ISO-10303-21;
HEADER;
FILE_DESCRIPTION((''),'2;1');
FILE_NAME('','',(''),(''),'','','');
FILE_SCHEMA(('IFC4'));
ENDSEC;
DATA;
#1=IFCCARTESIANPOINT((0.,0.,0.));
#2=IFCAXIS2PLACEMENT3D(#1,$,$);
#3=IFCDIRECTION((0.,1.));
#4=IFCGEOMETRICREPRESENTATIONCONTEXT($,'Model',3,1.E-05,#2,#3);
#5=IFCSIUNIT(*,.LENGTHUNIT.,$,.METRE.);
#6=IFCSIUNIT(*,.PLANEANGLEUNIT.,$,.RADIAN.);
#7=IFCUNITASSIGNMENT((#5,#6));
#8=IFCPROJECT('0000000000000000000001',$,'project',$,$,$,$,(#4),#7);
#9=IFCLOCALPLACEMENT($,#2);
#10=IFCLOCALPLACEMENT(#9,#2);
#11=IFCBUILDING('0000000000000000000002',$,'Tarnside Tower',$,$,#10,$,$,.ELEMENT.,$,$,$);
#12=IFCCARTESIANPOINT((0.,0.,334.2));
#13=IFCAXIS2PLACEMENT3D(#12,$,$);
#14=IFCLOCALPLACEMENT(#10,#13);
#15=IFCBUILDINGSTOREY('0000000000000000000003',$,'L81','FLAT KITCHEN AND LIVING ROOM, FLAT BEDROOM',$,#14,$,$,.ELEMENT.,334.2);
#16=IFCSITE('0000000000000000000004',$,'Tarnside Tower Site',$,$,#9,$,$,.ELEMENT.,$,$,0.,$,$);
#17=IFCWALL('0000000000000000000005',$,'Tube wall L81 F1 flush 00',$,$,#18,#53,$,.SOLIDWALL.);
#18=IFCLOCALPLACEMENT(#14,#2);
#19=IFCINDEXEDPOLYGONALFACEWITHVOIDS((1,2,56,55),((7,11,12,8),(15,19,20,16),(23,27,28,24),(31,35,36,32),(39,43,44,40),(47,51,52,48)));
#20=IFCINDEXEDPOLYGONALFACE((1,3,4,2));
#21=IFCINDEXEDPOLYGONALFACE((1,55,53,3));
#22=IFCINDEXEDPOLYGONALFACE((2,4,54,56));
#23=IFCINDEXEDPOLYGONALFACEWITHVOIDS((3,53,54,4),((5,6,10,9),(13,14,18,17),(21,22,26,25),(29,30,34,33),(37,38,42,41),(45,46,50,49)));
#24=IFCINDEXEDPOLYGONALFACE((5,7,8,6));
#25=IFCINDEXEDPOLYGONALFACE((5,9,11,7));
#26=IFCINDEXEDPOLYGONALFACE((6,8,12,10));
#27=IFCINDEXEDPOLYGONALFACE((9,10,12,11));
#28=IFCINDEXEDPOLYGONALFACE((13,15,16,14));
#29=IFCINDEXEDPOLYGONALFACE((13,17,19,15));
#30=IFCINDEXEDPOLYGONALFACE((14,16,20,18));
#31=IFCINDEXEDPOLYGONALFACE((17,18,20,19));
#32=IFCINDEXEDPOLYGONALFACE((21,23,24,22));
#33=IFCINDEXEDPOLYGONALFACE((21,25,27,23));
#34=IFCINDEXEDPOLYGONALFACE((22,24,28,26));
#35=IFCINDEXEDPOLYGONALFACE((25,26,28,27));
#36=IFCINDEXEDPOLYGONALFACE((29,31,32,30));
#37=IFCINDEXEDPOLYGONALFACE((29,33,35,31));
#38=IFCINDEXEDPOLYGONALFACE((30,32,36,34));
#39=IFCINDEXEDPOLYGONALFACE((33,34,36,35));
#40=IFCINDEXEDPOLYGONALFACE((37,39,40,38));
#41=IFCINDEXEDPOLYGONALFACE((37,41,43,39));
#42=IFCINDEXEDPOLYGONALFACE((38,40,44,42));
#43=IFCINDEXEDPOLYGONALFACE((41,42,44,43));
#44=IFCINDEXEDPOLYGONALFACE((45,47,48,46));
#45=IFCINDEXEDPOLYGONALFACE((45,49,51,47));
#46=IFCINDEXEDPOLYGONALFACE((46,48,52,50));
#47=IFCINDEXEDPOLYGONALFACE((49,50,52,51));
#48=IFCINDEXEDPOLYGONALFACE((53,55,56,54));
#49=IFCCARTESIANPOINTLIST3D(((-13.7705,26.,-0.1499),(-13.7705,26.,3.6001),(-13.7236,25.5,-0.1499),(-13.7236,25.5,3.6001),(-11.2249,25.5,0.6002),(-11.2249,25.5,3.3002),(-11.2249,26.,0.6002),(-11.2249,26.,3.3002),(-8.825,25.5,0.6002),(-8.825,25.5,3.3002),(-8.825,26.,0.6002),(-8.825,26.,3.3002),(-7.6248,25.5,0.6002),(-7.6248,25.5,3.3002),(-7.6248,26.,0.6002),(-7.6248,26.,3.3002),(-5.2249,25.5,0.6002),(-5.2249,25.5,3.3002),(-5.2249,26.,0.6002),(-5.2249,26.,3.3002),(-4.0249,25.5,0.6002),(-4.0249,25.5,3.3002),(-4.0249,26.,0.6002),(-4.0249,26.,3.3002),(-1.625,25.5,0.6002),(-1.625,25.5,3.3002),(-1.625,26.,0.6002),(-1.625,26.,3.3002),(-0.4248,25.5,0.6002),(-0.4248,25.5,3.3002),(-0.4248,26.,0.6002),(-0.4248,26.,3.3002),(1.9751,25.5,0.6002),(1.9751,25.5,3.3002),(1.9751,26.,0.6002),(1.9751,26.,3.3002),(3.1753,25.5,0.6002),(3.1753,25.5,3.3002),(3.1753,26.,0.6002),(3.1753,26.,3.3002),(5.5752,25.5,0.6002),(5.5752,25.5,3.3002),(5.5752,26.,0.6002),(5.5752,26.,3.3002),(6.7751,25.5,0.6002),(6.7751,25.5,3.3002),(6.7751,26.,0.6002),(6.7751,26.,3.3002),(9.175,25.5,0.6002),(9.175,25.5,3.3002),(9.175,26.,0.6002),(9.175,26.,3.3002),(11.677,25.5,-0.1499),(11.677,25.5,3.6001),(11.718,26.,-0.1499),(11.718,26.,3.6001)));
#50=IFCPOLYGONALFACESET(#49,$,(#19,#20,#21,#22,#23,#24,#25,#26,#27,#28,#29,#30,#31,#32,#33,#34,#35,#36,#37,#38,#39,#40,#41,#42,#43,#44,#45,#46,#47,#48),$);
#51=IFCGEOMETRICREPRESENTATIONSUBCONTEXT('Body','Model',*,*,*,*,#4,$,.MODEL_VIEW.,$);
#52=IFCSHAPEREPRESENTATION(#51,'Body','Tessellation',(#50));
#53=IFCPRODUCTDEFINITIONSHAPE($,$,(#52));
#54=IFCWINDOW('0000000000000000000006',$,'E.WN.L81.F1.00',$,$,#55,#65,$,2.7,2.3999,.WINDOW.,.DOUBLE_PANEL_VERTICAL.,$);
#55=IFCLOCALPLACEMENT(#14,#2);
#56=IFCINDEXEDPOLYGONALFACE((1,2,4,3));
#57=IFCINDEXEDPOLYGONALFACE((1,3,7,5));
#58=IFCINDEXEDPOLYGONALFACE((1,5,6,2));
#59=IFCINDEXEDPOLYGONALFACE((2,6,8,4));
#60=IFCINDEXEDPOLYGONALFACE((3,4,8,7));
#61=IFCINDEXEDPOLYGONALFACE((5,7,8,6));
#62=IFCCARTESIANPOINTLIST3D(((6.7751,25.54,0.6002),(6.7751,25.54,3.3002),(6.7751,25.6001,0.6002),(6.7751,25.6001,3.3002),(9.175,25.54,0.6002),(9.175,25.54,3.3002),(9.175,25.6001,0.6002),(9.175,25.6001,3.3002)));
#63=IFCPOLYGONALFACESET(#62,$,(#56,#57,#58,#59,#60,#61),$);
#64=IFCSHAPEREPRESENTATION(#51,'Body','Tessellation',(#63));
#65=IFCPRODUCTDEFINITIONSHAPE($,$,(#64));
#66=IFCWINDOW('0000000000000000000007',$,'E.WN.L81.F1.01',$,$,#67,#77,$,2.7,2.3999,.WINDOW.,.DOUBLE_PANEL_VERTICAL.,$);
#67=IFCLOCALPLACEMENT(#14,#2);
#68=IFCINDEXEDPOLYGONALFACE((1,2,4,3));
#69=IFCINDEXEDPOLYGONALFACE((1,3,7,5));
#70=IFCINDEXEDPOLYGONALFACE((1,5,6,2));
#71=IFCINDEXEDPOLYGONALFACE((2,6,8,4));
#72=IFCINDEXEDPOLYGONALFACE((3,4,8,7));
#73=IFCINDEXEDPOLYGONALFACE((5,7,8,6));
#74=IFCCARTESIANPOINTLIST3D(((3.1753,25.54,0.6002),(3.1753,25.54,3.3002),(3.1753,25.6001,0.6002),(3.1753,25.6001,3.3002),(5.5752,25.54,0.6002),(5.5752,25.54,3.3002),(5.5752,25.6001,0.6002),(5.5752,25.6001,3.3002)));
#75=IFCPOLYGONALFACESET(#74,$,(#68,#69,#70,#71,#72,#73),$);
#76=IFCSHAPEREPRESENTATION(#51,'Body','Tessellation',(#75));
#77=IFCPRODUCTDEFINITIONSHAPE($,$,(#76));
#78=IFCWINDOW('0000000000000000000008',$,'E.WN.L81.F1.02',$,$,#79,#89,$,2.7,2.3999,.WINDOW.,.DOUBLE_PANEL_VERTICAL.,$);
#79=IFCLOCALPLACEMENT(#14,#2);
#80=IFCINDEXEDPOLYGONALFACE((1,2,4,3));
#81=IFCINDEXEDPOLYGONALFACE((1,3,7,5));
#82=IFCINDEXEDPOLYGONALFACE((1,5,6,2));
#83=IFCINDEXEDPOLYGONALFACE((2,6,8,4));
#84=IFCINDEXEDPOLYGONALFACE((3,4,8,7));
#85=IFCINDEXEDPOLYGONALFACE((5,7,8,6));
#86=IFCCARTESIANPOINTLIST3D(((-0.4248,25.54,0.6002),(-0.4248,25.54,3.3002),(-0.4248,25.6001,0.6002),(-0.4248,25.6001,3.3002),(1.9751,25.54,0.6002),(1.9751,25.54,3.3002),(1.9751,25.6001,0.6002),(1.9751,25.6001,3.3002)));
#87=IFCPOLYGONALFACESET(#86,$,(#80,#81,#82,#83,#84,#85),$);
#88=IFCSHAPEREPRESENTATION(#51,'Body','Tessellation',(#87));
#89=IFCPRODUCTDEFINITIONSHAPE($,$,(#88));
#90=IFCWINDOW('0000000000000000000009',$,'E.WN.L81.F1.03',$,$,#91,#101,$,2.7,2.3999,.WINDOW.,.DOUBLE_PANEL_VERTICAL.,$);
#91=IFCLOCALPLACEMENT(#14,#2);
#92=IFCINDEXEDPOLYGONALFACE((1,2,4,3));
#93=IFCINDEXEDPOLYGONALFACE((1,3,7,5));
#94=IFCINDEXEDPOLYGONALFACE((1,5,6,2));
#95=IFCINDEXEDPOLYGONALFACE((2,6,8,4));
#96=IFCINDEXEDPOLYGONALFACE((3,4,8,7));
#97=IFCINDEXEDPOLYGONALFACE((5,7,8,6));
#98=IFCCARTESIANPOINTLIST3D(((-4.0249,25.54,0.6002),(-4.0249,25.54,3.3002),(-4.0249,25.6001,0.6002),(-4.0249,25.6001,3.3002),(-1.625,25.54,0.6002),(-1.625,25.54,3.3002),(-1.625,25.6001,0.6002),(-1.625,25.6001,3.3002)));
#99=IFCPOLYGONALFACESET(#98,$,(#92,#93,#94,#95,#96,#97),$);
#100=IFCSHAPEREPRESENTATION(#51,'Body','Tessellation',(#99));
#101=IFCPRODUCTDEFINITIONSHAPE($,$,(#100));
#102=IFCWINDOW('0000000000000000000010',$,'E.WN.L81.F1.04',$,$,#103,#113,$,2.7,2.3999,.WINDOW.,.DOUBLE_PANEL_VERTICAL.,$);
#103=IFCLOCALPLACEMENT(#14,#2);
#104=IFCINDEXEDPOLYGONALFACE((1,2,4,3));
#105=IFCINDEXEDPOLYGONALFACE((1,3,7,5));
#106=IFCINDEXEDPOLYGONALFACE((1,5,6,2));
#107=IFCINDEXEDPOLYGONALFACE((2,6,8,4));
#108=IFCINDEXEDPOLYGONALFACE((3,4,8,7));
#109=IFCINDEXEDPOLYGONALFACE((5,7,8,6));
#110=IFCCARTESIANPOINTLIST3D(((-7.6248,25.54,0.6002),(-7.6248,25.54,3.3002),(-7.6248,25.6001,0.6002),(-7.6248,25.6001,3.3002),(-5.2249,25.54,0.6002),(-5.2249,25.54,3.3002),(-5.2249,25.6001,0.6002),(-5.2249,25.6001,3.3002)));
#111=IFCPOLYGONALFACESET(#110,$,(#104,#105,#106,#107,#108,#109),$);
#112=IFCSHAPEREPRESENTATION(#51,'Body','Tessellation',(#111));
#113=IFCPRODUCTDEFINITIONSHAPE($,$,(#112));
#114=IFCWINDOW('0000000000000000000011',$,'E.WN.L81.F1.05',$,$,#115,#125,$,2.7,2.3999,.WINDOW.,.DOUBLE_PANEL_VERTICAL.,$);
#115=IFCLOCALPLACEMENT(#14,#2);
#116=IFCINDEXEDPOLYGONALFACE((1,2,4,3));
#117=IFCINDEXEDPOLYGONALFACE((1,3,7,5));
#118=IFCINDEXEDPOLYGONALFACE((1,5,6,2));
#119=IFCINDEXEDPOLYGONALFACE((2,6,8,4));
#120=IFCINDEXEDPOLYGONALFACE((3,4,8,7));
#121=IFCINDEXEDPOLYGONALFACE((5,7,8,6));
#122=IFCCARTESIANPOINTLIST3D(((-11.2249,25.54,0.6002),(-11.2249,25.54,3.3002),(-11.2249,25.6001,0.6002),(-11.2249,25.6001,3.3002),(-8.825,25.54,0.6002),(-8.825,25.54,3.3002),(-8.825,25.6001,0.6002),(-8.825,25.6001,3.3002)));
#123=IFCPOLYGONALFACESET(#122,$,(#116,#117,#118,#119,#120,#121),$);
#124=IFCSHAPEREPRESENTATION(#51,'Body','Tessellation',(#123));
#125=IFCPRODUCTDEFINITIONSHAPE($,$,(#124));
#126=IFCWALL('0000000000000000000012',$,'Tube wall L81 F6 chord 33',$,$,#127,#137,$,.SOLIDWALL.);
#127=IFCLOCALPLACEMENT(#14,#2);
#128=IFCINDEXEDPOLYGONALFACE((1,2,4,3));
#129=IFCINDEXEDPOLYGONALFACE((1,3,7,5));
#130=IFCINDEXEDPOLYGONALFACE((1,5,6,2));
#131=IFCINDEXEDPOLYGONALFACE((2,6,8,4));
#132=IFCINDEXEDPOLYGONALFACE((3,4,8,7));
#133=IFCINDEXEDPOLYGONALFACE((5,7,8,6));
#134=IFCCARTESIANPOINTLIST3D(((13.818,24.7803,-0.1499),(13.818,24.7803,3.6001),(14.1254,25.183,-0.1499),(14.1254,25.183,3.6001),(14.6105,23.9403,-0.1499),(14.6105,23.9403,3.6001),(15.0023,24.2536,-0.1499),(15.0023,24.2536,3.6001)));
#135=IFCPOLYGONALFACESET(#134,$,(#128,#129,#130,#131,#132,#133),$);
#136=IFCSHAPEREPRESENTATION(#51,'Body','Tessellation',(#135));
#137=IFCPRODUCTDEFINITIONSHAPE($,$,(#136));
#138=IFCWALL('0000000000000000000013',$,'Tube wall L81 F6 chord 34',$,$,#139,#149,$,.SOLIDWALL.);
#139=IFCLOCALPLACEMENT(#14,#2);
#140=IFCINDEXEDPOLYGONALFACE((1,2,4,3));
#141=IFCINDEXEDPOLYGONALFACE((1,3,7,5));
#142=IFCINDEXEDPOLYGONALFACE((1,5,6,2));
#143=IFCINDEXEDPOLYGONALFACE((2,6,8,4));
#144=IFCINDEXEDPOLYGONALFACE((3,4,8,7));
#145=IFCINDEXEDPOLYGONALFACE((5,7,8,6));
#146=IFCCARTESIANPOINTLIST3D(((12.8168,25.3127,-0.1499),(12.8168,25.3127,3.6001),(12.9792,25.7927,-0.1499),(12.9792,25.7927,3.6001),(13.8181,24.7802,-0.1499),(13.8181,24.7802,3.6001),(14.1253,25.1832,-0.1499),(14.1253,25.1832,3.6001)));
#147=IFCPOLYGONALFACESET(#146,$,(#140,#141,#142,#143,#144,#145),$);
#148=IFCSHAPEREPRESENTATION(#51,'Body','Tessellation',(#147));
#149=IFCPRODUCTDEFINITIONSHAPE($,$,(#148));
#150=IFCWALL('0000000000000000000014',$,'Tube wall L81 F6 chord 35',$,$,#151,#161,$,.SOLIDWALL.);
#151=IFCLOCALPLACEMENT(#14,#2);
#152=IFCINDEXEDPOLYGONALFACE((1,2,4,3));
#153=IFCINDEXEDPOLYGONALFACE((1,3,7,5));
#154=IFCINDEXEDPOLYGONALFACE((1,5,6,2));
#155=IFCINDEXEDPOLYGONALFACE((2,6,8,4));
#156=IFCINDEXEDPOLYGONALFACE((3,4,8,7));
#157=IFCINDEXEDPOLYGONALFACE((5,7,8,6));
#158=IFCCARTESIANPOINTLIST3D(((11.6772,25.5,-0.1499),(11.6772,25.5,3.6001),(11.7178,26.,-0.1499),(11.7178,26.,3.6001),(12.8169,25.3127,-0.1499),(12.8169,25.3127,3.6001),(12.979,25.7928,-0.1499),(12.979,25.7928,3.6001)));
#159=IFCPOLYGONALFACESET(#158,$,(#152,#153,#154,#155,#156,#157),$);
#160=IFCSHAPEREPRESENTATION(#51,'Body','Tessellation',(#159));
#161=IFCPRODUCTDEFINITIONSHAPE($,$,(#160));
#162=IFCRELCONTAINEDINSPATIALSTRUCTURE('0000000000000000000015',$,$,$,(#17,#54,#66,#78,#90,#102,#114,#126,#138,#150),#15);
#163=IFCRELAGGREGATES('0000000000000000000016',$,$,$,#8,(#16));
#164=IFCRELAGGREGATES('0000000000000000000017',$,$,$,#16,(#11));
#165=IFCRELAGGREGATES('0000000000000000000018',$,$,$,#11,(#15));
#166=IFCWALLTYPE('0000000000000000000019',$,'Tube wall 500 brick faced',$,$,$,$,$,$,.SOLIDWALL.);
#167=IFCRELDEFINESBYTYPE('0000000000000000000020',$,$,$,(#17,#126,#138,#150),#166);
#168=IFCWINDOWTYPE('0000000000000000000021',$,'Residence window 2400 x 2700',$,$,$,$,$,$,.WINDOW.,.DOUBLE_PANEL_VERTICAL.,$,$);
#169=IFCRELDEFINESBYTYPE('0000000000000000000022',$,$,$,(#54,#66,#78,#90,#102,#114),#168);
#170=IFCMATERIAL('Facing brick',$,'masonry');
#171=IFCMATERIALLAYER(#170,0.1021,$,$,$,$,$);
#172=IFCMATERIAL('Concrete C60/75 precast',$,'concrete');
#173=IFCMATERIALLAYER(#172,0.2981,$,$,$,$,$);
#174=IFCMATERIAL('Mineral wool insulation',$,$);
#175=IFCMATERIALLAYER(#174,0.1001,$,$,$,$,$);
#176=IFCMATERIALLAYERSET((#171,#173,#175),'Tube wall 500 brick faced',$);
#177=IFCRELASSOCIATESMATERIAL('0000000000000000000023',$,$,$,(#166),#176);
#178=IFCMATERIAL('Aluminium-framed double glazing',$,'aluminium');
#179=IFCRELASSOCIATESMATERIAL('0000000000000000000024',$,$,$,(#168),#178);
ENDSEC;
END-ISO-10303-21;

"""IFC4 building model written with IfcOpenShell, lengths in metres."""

from ifc_helpers import new_model, si_unit, direction, frame, frame_2d, origin, place, context, subcontext, project, spatial, polyline, rectangle, outline, extrude, material, layer, layer_set, type_object, element, fill, save


model = new_model("IFC4")

# Units and contexts
model_context = context("Model", 3, precision=1e-05, world=origin(), true_north=direction((0.0, 1.0)))
body_context = subcontext(model_context, "Body", "Model", "MODEL_VIEW")
ifc_project = project(units=[si_unit("LENGTHUNIT", "METRE"), si_unit("PLANEANGLEUNIT", "RADIAN")], contexts=[model_context])

# Site, building, storey
site_placement = place(None, origin())
site = spatial("IfcSite", under=ifc_project, at=site_placement, Name="Tarnside Tower Site", CompositionType="ELEMENT", RefElevation=0.0)
building_placement = place(site_placement, origin())
building = spatial("IfcBuilding", under=site, at=building_placement, Name="Tarnside Tower", CompositionType="ELEMENT")
storey_placement = place(building_placement, frame((0.0, 0.0, 334.2)))
storey = spatial("IfcBuildingStorey", under=building, at=storey_placement, Name="L81", Description="FLAT KITCHEN AND LIVING ROOM, FLAT BEDROOM", CompositionType="ELEMENT", Elevation=334.2)

# Shared definitions
ifc_material_1 = material(Name="Concrete C60/75 precast", Category="concrete")
ifc_material_2 = material(Name="Mineral wool insulation")

# Wall, openings, windows
ifc_material_3 = material(Name="Facing brick", Category="masonry")
ifc_layer_1 = layer(ifc_material_3, 0.1021)
ifc_layer_2 = layer(ifc_material_1, 0.2981)
ifc_layer_3 = layer(ifc_material_2, 0.1001)
ifc_layer_set_1 = layer_set([ifc_layer_1, ifc_layer_2, ifc_layer_3], Name="Tube wall 500 brick faced")
wall_type_1 = type_object("IfcWallType", Name="Tube wall 500 brick faced", PredefinedType="SOLIDWALL", material=ifc_layer_set_1)
wall_1_placement = place(storey_placement, frame((11.6975, 25.75, -0.1499), z_axis=(0.0, 0.0, 1.0), x_axis=(-1.0, 0.0, 0.0)))
wall_1 = element("IfcWall", 1, at=wall_1_placement, inside=storey, type_object=wall_type_1, Name="Tube wall L81 F1 flush 00", PredefinedType="SOLIDWALL", context=body_context, shape_type="SweptSolid", body=[
    extrude(outline(polyline([(-0.0205, -0.25), (25.468, -0.25), (25.4211, 0.25), (0.0205, 0.25), (-0.0205, -0.25)])), origin(), (0.0, 0.0, 1.0), 3.75),
])
opening_1_placement = place(wall_1_placement, frame((2.5225, 0.0, 0.75)))
opening_1 = element("IfcOpeningElement", 2, at=opening_1_placement, cuts=wall_1, PredefinedType="OPENING", context=body_context, shape_type="SweptSolid", body=[
    extrude(rectangle(XDim=2.3999, YDim=2.7, at=frame_2d((1.2, 1.3501))), frame((0.0, 0.26, 0.0), z_axis=(0.0, -1.0, 0.0), x_axis=(1.0, 0.0, 0.0)), (0.0, 0.0, 1.0), 0.52),
])
opening_2_placement = place(wall_1_placement, frame((6.1223, 0.0, 0.75)))
opening_2 = element("IfcOpeningElement", 3, at=opening_2_placement, cuts=wall_1, PredefinedType="OPENING", context=body_context, shape_type="SweptSolid", body=[
    extrude(rectangle(XDim=2.3999, YDim=2.7, at=frame_2d((1.2, 1.3501))), frame((0.0, 0.26, 0.0), z_axis=(0.0, -1.0, 0.0), x_axis=(1.0, 0.0, 0.0)), (0.0, 0.0, 1.0), 0.52),
])
opening_3_placement = place(wall_1_placement, frame((9.7224, 0.0, 0.75)))
opening_3 = element("IfcOpeningElement", 4, at=opening_3_placement, cuts=wall_1, PredefinedType="OPENING", context=body_context, shape_type="SweptSolid", body=[
    extrude(rectangle(XDim=2.3999, YDim=2.7, at=frame_2d((1.2, 1.3501))), frame((0.0, 0.26, 0.0), z_axis=(0.0, -1.0, 0.0), x_axis=(1.0, 0.0, 0.0)), (0.0, 0.0, 1.0), 0.52),
])
opening_4_placement = place(wall_1_placement, frame((13.3225, 0.0, 0.75)))
opening_4 = element("IfcOpeningElement", 5, at=opening_4_placement, cuts=wall_1, PredefinedType="OPENING", context=body_context, shape_type="SweptSolid", body=[
    extrude(rectangle(XDim=2.3999, YDim=2.7, at=frame_2d((1.2, 1.3501))), frame((0.0, 0.26, 0.0), z_axis=(0.0, -1.0, 0.0), x_axis=(1.0, 0.0, 0.0)), (0.0, 0.0, 1.0), 0.52),
])
opening_5_placement = place(wall_1_placement, frame((16.9224, 0.0, 0.75)))
opening_5 = element("IfcOpeningElement", 6, at=opening_5_placement, cuts=wall_1, PredefinedType="OPENING", context=body_context, shape_type="SweptSolid", body=[
    extrude(rectangle(XDim=2.3999, YDim=2.7, at=frame_2d((1.2, 1.3501))), frame((0.0, 0.26, 0.0), z_axis=(0.0, -1.0, 0.0), x_axis=(1.0, 0.0, 0.0)), (0.0, 0.0, 1.0), 0.52),
])
opening_6_placement = place(wall_1_placement, frame((20.5225, 0.0, 0.75)))
opening_6 = element("IfcOpeningElement", 7, at=opening_6_placement, cuts=wall_1, PredefinedType="OPENING", context=body_context, shape_type="SweptSolid", body=[
    extrude(rectangle(XDim=2.3999, YDim=2.7, at=frame_2d((1.2, 1.3501))), frame((0.0, 0.26, 0.0), z_axis=(0.0, -1.0, 0.0), x_axis=(1.0, 0.0, 0.0)), (0.0, 0.0, 1.0), 0.52),
])
ifc_material_4 = material(Name="Aluminium-framed double glazing", Category="aluminium")
window_type = type_object("IfcWindowType", Name="Residence window 2400 x 2700", PartitioningType="DOUBLE_PANEL_VERTICAL", PredefinedType="WINDOW", material=ifc_material_4)
window_1_placement = place(opening_1_placement, frame((0.0, 0.1799, 0.0)))
window_1 = element("IfcWindow", 8, at=window_1_placement, inside=storey, type_object=window_type, Name="E.WN.L81.F1.00", OverallHeight=2.7, OverallWidth=2.3999, PartitioningType="DOUBLE_PANEL_VERTICAL", PredefinedType="WINDOW", context=body_context, shape_type="SweptSolid", body=[
    extrude(rectangle(XDim=2.3999, YDim=2.7, at=frame_2d((1.2, 1.3501))), frame((0.0, 0.03, 0.0), z_axis=(0.0, -1.0, 0.0), x_axis=(1.0, 0.0, 0.0)), (0.0, 0.0, 1.0), 0.0601),
])
fill(opening_1, window_1)
window_2_placement = place(opening_2_placement, frame((0.0, 0.1799, 0.0)))
window_2 = element("IfcWindow", 9, at=window_2_placement, inside=storey, type_object=window_type, Name="E.WN.L81.F1.01", OverallHeight=2.7, OverallWidth=2.3999, PartitioningType="DOUBLE_PANEL_VERTICAL", PredefinedType="WINDOW", context=body_context, shape_type="SweptSolid", body=[
    extrude(rectangle(XDim=2.3999, YDim=2.7, at=frame_2d((1.2, 1.3501))), frame((0.0, 0.03, 0.0), z_axis=(0.0, -1.0, 0.0), x_axis=(1.0, 0.0, 0.0)), (0.0, 0.0, 1.0), 0.0601),
])
fill(opening_2, window_2)
window_3_placement = place(opening_3_placement, frame((0.0, 0.1799, 0.0)))
window_3 = element("IfcWindow", 10, at=window_3_placement, inside=storey, type_object=window_type, Name="E.WN.L81.F1.02", OverallHeight=2.7, OverallWidth=2.3999, PartitioningType="DOUBLE_PANEL_VERTICAL", PredefinedType="WINDOW", context=body_context, shape_type="SweptSolid", body=[
    extrude(rectangle(XDim=2.3999, YDim=2.7, at=frame_2d((1.2, 1.3501))), frame((0.0, 0.03, 0.0), z_axis=(0.0, -1.0, 0.0), x_axis=(1.0, 0.0, 0.0)), (0.0, 0.0, 1.0), 0.0601),
])
fill(opening_3, window_3)
window_4_placement = place(opening_4_placement, frame((0.0, 0.1799, 0.0)))
window_4 = element("IfcWindow", 11, at=window_4_placement, inside=storey, type_object=window_type, Name="E.WN.L81.F1.03", OverallHeight=2.7, OverallWidth=2.3999, PartitioningType="DOUBLE_PANEL_VERTICAL", PredefinedType="WINDOW", context=body_context, shape_type="SweptSolid", body=[
    extrude(rectangle(XDim=2.3999, YDim=2.7, at=frame_2d((1.2, 1.3501))), frame((0.0, 0.03, 0.0), z_axis=(0.0, -1.0, 0.0), x_axis=(1.0, 0.0, 0.0)), (0.0, 0.0, 1.0), 0.0601),
])
fill(opening_4, window_4)
window_5_placement = place(opening_5_placement, frame((0.0, 0.1799, 0.0)))
window_5 = element("IfcWindow", 12, at=window_5_placement, inside=storey, type_object=window_type, Name="E.WN.L81.F1.04", OverallHeight=2.7, OverallWidth=2.3999, PartitioningType="DOUBLE_PANEL_VERTICAL", PredefinedType="WINDOW", context=body_context, shape_type="SweptSolid", body=[
    extrude(rectangle(XDim=2.3999, YDim=2.7, at=frame_2d((1.2, 1.3501))), frame((0.0, 0.03, 0.0), z_axis=(0.0, -1.0, 0.0), x_axis=(1.0, 0.0, 0.0)), (0.0, 0.0, 1.0), 0.0601),
])
fill(opening_5, window_5)
window_6_placement = place(opening_6_placement, frame((0.0, 0.1799, 0.0)))
window_6 = element("IfcWindow", 13, at=window_6_placement, inside=storey, type_object=window_type, Name="E.WN.L81.F1.05", OverallHeight=2.7, OverallWidth=2.3999, PartitioningType="DOUBLE_PANEL_VERTICAL", PredefinedType="WINDOW", context=body_context, shape_type="SweptSolid", body=[
    extrude(rectangle(XDim=2.3999, YDim=2.7, at=frame_2d((1.2, 1.3501))), frame((0.0, 0.03, 0.0), z_axis=(0.0, -1.0, 0.0), x_axis=(1.0, 0.0, 0.0)), (0.0, 0.0, 1.0), 0.0601),
])
fill(opening_6, window_6)

# Walls
wall_2_placement = place(storey_placement, frame((14.8064, 24.0969, -0.1499), z_axis=(0.0, 0.0, 1.0), x_axis=(-0.686234, 0.72738, 0.0)))
element("IfcWall", 14, at=wall_2_placement, inside=storey, type_object=wall_type_1, Name="Tube wall L81 F6 chord 33", PredefinedType="SOLIDWALL", context=body_context, shape_type="SweptSolid", body=[
    extrude(outline(polyline([(-0.0205, -0.25), (1.2573, -0.25), (1.1753, 0.25), (0.0205, 0.25), (-0.0205, -0.25)])), origin(), (0.0, 0.0, 1.0), 3.75),
])
wall_3_placement = place(storey_placement, frame((13.9717, 24.9817, -0.1499), z_axis=(0.0, 0.0, 1.0), x_axis=(-0.882902, 0.469556, 0.0)))
element("IfcWall", 15, at=wall_3_placement, inside=storey, type_object=wall_type_1, Name="Tube wall L81 F6 chord 34", PredefinedType="SOLIDWALL", context=body_context, shape_type="SweptSolid", body=[
    extrude(outline(polyline([(-0.041, -0.25), (1.2571, -0.25), (1.175, 0.25), (0.041, 0.25), (-0.041, -0.25)])), origin(), (0.0, 0.0, 1.0), 3.75),
])
wall_4_placement = place(storey_placement, frame((12.8979, 25.5527, -0.1499), z_axis=(0.0, 0.0, 1.0), x_axis=(-0.986766, 0.162153, 0.0)))
element("IfcWall", 16, at=wall_4_placement, inside=storey, type_object=wall_type_1, Name="Tube wall L81 F6 chord 35", PredefinedType="SOLIDWALL", context=body_context, shape_type="SweptSolid", body=[
    extrude(outline(polyline([(-0.041, -0.25), (1.2371, -0.25), (1.196, 0.25), (0.041, 0.25), (-0.041, -0.25)])), origin(), (0.0, 0.0, 1.0), 3.75),
])

save(model, "model.ifc")
